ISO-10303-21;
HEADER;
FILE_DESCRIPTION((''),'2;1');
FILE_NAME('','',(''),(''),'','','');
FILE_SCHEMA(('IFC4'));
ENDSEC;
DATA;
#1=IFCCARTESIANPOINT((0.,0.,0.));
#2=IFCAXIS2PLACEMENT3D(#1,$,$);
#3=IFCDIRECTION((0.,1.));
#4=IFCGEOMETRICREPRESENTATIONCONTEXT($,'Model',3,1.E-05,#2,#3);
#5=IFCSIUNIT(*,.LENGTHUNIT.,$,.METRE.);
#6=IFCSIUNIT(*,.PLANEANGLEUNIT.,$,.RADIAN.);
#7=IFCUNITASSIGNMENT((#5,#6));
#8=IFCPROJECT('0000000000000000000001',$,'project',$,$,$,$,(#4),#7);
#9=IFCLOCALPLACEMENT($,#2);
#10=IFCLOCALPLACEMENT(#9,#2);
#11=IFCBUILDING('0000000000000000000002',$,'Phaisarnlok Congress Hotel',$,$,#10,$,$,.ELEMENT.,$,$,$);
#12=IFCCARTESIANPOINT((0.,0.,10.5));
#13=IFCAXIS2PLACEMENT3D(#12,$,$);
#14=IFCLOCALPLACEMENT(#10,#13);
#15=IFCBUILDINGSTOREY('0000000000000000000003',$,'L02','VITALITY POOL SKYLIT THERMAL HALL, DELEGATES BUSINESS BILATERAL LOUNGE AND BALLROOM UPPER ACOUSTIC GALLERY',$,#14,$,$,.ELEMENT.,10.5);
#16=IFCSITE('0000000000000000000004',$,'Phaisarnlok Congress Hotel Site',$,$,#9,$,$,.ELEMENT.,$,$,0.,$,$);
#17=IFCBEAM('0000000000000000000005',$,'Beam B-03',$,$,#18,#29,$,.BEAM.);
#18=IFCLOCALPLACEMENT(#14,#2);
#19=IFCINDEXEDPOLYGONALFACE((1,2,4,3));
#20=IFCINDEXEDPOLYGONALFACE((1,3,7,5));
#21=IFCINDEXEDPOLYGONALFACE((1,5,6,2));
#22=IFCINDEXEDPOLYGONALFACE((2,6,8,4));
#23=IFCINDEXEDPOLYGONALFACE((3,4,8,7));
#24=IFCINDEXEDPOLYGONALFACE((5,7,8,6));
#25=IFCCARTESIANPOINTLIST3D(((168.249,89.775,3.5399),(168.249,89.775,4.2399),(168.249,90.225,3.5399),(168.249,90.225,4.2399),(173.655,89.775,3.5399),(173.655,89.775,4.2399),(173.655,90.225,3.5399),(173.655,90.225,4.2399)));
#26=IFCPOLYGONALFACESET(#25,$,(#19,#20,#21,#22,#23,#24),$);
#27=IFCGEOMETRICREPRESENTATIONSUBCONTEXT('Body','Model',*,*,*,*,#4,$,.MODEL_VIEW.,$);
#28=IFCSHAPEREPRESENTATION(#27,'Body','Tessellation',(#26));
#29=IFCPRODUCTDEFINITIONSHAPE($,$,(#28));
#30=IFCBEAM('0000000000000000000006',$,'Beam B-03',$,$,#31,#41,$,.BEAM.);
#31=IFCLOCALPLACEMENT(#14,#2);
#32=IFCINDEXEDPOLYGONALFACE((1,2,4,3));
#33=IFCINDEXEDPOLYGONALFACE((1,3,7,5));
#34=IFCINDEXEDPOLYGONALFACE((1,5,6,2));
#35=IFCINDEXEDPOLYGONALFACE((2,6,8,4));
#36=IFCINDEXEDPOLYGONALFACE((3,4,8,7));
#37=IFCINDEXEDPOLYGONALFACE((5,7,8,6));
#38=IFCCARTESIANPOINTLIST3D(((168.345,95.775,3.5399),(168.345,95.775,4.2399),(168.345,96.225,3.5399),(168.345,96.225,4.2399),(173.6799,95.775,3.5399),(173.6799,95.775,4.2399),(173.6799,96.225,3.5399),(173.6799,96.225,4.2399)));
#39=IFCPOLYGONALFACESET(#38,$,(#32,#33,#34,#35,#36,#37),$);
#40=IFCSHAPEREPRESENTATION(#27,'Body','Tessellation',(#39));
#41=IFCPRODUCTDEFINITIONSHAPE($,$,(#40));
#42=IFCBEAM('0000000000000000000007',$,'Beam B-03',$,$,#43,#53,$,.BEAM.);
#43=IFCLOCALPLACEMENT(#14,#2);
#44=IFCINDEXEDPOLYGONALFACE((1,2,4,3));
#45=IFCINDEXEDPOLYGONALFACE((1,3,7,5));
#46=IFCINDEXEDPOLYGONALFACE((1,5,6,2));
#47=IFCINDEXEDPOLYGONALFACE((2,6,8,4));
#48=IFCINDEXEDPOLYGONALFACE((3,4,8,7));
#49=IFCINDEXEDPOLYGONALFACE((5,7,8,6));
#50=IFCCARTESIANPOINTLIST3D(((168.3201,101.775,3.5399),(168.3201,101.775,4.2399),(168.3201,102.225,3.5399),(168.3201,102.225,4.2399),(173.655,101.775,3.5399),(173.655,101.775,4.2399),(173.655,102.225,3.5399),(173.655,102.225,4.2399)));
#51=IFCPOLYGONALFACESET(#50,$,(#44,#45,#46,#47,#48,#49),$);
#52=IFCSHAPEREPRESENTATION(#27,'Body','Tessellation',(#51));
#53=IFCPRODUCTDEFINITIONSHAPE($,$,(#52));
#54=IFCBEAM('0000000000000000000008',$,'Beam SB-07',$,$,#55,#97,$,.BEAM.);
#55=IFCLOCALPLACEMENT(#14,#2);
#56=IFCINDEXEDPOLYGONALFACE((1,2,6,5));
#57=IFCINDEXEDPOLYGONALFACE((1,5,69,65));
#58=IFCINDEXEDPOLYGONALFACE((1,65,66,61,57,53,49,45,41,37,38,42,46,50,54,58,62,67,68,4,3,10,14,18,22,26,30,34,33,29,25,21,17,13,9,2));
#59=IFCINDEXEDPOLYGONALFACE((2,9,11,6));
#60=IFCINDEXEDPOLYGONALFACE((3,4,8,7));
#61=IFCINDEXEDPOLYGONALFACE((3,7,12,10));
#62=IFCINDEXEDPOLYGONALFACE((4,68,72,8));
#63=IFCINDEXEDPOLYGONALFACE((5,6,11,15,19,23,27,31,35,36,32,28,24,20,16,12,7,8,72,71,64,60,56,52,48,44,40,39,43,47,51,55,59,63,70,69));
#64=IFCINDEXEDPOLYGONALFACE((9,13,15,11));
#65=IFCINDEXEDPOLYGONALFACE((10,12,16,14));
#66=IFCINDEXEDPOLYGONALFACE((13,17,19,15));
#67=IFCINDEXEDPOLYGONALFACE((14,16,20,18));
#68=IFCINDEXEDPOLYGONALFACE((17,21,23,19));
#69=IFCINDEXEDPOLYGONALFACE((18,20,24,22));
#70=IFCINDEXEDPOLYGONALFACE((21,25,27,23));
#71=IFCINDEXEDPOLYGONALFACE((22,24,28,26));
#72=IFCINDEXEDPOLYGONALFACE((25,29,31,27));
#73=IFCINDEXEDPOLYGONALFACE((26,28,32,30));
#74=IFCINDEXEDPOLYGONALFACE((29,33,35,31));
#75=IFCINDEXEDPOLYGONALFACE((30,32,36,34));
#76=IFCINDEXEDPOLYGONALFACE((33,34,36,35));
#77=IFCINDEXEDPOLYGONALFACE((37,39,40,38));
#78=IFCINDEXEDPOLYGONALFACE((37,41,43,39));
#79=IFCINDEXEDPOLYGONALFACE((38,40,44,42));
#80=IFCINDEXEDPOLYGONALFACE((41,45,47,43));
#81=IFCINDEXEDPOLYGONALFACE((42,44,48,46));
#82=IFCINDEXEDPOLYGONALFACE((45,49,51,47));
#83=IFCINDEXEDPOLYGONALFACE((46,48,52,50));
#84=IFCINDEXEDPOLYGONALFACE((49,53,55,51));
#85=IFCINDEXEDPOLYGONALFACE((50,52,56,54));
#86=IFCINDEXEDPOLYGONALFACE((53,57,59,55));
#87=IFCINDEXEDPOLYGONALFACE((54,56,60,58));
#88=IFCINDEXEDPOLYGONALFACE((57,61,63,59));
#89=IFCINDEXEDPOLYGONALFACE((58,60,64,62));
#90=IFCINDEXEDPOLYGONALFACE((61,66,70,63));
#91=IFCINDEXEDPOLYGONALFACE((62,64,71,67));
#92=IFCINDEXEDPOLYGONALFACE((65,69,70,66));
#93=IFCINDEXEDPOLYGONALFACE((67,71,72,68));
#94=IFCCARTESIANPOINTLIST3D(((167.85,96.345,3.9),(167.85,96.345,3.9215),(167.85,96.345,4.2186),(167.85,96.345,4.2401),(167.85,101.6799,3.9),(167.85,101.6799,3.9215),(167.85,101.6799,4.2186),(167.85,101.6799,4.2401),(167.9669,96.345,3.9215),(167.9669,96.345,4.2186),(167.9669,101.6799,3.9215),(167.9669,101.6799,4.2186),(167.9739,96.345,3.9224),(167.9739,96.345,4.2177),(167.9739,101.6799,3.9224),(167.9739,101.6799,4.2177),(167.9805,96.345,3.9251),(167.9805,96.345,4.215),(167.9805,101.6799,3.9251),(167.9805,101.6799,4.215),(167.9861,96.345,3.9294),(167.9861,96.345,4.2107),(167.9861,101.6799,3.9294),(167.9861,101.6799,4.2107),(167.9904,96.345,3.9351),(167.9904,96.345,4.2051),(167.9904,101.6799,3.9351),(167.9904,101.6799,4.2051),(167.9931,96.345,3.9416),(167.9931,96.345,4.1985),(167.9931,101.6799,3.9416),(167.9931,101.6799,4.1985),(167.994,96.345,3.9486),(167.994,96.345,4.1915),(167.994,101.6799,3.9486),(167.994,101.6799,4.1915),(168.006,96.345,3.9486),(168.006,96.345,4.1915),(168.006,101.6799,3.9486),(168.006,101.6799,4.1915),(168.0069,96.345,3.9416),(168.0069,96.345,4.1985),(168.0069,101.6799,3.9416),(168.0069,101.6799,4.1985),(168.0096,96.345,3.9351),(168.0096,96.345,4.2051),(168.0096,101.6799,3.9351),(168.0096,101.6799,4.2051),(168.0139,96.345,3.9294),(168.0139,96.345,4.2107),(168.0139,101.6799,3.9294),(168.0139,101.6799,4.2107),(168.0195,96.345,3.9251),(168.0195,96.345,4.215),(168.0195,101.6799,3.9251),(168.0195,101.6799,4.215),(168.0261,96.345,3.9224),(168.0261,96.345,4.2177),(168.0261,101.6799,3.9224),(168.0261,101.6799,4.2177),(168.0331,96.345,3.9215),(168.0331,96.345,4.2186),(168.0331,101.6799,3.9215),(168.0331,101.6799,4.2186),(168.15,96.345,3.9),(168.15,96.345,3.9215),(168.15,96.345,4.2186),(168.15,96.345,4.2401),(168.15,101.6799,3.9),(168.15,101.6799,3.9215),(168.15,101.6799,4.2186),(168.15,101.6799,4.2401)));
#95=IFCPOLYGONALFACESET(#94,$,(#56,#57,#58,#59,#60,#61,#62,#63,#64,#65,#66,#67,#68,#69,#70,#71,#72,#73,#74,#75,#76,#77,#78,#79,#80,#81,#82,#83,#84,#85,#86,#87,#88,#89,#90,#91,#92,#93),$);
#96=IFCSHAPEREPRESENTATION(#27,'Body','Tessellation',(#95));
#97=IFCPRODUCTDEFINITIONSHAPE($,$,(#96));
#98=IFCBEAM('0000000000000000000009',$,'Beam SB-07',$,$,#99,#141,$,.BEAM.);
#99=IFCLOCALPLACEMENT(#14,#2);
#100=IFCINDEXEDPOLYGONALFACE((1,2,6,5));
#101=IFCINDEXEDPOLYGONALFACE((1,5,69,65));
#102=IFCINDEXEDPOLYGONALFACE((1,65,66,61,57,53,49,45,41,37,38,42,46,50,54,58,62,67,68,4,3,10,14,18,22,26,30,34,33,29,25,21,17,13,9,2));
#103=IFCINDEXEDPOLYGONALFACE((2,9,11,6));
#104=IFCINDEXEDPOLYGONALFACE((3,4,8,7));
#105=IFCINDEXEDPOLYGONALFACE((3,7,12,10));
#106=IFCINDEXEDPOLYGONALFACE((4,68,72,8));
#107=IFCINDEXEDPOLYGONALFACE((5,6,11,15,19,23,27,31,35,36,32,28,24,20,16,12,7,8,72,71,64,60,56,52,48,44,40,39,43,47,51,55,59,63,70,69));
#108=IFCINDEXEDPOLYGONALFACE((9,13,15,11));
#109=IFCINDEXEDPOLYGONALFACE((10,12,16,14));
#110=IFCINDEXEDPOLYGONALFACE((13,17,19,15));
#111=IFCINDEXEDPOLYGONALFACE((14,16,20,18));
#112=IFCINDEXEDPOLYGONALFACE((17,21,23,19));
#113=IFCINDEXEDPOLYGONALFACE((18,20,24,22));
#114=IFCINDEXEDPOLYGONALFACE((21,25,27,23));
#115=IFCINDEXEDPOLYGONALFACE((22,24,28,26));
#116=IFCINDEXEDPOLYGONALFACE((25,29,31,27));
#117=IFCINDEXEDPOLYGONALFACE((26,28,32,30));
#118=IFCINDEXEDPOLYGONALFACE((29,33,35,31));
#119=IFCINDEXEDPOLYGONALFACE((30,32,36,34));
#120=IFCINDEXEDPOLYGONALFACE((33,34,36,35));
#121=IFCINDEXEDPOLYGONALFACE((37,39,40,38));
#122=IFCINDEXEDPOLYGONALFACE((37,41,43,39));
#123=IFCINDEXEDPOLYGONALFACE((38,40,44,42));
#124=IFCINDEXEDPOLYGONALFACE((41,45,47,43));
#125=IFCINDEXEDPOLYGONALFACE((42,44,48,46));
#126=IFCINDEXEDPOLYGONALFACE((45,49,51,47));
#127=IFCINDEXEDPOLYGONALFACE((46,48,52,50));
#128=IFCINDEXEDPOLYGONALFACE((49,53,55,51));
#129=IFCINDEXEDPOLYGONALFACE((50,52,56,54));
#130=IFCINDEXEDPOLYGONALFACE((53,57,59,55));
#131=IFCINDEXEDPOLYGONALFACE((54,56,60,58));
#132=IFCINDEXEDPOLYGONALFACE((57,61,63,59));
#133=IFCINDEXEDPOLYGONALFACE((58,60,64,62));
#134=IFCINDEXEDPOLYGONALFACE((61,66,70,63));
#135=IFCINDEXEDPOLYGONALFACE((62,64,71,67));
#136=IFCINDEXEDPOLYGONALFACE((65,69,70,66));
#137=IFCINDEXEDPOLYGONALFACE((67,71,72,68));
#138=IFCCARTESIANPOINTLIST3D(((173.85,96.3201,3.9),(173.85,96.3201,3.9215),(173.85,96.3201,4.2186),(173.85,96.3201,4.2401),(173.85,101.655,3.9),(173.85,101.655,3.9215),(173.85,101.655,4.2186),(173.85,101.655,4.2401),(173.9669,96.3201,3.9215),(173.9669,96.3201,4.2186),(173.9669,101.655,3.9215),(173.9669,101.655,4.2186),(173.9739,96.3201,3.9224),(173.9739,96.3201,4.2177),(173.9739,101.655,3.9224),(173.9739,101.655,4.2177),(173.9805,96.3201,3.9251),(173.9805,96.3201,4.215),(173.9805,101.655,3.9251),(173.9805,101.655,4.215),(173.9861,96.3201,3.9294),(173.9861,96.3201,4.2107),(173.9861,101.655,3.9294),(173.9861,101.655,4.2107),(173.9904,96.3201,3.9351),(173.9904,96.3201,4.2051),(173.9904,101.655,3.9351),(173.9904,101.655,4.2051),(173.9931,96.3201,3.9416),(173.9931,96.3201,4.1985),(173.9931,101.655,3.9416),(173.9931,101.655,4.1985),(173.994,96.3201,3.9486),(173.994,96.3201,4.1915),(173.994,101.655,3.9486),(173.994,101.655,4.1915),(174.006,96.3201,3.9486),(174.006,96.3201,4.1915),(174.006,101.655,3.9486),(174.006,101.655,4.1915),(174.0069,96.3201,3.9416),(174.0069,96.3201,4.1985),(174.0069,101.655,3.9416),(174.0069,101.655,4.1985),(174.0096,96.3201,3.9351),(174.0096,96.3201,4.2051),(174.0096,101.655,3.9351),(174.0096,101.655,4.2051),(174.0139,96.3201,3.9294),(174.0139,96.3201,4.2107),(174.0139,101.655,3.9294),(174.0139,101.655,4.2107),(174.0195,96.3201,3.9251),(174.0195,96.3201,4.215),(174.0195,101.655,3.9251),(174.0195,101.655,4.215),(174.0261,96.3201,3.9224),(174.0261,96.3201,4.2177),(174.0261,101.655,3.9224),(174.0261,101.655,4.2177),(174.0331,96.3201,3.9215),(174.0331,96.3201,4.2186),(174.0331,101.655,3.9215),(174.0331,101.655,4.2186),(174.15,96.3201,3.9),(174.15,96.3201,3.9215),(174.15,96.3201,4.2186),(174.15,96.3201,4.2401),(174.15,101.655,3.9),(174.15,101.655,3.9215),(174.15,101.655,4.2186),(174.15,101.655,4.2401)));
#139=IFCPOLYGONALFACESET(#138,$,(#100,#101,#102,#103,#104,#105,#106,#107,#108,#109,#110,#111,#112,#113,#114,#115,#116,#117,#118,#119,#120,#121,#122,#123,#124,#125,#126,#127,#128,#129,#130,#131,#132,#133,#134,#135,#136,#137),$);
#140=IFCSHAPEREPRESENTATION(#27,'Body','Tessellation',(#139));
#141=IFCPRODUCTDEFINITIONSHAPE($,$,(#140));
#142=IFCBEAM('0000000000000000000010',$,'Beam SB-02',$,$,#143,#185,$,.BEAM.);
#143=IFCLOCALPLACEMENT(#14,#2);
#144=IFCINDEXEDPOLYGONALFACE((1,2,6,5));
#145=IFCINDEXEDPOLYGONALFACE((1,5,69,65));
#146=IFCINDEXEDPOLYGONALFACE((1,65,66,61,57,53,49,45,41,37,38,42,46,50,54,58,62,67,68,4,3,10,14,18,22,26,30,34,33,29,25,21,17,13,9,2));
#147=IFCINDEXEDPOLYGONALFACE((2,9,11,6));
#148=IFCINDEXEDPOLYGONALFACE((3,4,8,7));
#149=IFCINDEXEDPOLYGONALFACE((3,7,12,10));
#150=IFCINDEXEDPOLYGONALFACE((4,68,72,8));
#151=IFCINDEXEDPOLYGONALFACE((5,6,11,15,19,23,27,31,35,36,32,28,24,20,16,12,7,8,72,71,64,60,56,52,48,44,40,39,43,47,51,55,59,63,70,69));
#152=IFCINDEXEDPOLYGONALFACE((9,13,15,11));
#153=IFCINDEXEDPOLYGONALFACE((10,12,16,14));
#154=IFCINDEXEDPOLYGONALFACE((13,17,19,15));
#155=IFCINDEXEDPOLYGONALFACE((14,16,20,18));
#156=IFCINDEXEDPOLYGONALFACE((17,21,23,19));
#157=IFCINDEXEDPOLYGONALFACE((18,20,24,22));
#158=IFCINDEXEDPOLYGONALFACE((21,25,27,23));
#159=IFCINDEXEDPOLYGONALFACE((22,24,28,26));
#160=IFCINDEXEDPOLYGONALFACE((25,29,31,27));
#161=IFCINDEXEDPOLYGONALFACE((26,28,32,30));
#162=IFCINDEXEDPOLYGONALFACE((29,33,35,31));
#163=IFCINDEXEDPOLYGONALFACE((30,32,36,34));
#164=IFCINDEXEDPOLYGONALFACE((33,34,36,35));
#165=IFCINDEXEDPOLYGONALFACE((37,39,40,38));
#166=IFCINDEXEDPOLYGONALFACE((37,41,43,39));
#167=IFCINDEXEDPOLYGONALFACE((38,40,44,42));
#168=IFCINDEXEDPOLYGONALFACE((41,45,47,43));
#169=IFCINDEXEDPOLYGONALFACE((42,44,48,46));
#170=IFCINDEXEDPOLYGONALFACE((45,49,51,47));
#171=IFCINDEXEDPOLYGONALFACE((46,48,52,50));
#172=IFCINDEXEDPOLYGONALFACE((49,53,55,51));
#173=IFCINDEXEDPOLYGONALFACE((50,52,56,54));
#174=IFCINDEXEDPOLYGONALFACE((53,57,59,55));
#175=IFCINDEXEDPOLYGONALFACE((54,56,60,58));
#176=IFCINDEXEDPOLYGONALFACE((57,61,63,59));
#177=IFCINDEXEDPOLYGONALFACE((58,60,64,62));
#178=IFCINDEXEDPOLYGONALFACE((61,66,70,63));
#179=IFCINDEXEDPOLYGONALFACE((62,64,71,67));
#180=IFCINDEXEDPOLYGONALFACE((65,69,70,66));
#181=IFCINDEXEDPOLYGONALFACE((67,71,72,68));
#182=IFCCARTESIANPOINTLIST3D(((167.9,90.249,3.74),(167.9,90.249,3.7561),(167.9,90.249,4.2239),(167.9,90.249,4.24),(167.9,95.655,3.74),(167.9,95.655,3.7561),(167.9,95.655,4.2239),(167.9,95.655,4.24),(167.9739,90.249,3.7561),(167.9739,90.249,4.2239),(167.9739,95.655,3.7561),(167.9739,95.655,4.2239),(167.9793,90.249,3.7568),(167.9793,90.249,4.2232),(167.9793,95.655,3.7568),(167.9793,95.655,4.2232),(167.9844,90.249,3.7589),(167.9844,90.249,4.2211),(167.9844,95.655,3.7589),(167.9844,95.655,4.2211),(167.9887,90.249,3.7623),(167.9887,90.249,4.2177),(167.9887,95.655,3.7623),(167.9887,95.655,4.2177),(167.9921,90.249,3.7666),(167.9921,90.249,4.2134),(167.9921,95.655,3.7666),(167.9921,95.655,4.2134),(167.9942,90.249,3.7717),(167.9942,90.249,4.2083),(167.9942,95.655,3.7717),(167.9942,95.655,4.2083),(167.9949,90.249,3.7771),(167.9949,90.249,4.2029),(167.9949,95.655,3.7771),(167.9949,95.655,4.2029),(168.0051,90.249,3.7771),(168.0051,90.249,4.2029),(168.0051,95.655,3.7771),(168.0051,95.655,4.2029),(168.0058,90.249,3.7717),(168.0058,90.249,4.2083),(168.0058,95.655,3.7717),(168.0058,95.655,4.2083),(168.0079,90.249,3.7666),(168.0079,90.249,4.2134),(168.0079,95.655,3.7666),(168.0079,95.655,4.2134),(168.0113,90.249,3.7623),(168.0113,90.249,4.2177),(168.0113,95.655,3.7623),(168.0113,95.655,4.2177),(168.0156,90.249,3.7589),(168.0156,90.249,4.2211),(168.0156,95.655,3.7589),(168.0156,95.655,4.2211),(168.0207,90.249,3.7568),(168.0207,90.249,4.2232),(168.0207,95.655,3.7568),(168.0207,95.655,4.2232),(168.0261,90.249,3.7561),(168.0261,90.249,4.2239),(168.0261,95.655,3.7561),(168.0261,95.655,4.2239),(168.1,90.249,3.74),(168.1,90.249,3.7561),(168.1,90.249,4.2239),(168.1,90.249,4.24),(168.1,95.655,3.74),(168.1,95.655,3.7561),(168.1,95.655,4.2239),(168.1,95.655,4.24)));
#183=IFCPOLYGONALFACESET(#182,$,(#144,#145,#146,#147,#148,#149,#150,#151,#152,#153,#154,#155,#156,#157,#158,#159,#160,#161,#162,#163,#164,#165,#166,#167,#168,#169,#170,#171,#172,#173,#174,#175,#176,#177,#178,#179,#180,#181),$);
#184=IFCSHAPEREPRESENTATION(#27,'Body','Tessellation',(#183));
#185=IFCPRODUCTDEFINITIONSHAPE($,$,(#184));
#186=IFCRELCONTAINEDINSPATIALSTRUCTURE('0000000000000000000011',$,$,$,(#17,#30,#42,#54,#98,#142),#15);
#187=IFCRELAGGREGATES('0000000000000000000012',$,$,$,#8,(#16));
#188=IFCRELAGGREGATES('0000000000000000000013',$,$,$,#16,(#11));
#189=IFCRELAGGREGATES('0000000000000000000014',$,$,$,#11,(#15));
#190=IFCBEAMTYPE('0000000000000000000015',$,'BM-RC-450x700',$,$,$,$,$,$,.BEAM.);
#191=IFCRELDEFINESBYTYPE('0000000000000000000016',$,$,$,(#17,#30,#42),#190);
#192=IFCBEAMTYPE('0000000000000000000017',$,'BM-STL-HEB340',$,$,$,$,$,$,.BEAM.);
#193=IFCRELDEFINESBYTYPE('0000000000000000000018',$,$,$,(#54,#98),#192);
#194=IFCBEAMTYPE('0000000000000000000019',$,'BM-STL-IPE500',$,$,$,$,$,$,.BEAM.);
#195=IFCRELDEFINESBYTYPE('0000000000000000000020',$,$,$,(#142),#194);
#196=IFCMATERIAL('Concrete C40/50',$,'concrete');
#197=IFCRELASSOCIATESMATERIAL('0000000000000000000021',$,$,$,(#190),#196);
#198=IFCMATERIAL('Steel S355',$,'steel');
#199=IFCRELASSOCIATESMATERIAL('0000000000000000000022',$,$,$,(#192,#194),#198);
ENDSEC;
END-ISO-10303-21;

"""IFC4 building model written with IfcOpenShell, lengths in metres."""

from ifc_helpers import new_model, si_unit, direction, frame, origin, origin_2d, place, context, subcontext, project, spatial, rectangle, i_section, extrude, material, material_profile, profile_set, type_object, element, save


model = new_model("IFC4")

# Units and contexts
model_context = context("Model", 3, precision=1e-05, world=origin(), true_north=direction((0.0, 1.0)))
body_context = subcontext(model_context, "Body", "Model", "MODEL_VIEW")
ifc_project = project(units=[si_unit("LENGTHUNIT", "METRE"), si_unit("PLANEANGLEUNIT", "RADIAN")], contexts=[model_context])

# Site, building, storey
site_placement = place(None, origin())
site = spatial("IfcSite", under=ifc_project, at=site_placement, Name="Phaisarnlok Congress Hotel Site", CompositionType="ELEMENT", RefElevation=0.0)
building_placement = place(site_placement, origin())
building = spatial("IfcBuilding", under=site, at=building_placement, Name="Phaisarnlok Congress Hotel", CompositionType="ELEMENT")
storey_placement = place(building_placement, frame((0.0, 0.0, 10.5)))
storey = spatial("IfcBuildingStorey", under=building, at=storey_placement, Name="L02", Description="VITALITY POOL SKYLIT THERMAL HALL, DELEGATES BUSINESS BILATERAL LOUNGE AND BALLROOM UPPER ACOUSTIC GALLERY", CompositionType="ELEMENT", Elevation=10.5)

# Shared definitions
ifc_material_1 = material(Name="Steel S355", Category="steel")

# Beams
ifc_material_2 = material(Name="Concrete C40/50", Category="concrete")
ifc_material_profile_1 = material_profile(ifc_material_2, rectangle(XDim=0.45, YDim=0.7, at=origin_2d()), Name="RC 450x700")
ifc_profile_set_1 = profile_set([ifc_material_profile_1], Name="Concrete C40/50")
beam_type_1 = type_object("IfcBeamType", Name="BM-RC-450x700", PredefinedType="BEAM", material=ifc_profile_set_1)
beam_1_placement = place(storey_placement, frame((168.249, 90.0, 3.8899), z_axis=(1.0, 0.0, 0.0), x_axis=(0.0, 1.0, 0.0)))
element("IfcBeam", 1, at=beam_1_placement, inside=storey, type_object=beam_type_1, Name="Beam B-03", PredefinedType="BEAM", context=body_context, shape_type="SweptSolid", body=[
    extrude(rectangle(XDim=0.45, YDim=0.7, at=origin_2d()), origin(), (0.0, 0.0, 1.0), 5.406),
])
for number, where, z_axis, x_axis, name in (
    (2, (168.345, 96.0, 3.8899), (1.0, 0.0, 0.0), (0.0, 1.0, 0.0), "Beam B-03"),
    (3, (168.3201, 102.0, 3.8899), (1.0, 0.0, 0.0), (0.0, 1.0, 0.0), "Beam B-03"),
):
    element("IfcBeam", number, at=place(storey_placement, frame(where, z_axis=z_axis, x_axis=x_axis)), inside=storey, type_object=beam_type_1, Name=name, PredefinedType="BEAM", context=body_context, shape_type="SweptSolid", body=[
        extrude(rectangle(XDim=0.45, YDim=0.7, at=origin_2d()), origin(), (0.0, 0.0, 1.0), 5.335),
    ])
ifc_material_profile_2 = material_profile(ifc_material_1, i_section(OverallWidth=0.3, OverallDepth=0.3401, WebThickness=0.012, FlangeThickness=0.0215, FilletRadius=0.0271, at=origin_2d()), Name="HEB 340")
ifc_profile_set_2 = profile_set([ifc_material_profile_2], Name="Steel S355")
beam_type_2 = type_object("IfcBeamType", Name="BM-STL-HEB340", PredefinedType="BEAM", material=ifc_profile_set_2)
for number, where, z_axis, x_axis, name in (
    (4, (168.0, 96.345, 4.0701), (0.0, 1.0, 0.0), (-1.0, 0.0, 0.0), "Beam SB-07"),
    (5, (174.0, 96.3201, 4.0701), (0.0, 1.0, 0.0), (-1.0, 0.0, 0.0), "Beam SB-07"),
):
    element("IfcBeam", number, at=place(storey_placement, frame(where, z_axis=z_axis, x_axis=x_axis)), inside=storey, type_object=beam_type_2, Name=name, PredefinedType="BEAM", context=body_context, shape_type="SweptSolid", body=[
        extrude(i_section(OverallWidth=0.3, OverallDepth=0.3401, WebThickness=0.012, FlangeThickness=0.0215, FilletRadius=0.0271, at=origin_2d()), origin(), (0.0, 0.0, 1.0), 5.335),
    ])
ifc_material_profile_3 = material_profile(ifc_material_1, i_section(OverallWidth=0.2, OverallDepth=0.5, WebThickness=0.0103, FlangeThickness=0.0161, FilletRadius=0.021, at=origin_2d()), Name="IPE 500")
ifc_profile_set_3 = profile_set([ifc_material_profile_3], Name="Steel S355")
beam_type_3 = type_object("IfcBeamType", Name="BM-STL-IPE500", PredefinedType="BEAM", material=ifc_profile_set_3)
beam_2_placement = place(storey_placement, frame((168.0, 90.249, 3.99), z_axis=(0.0, 1.0, 0.0), x_axis=(-1.0, 0.0, 0.0)))
element("IfcBeam", 6, at=beam_2_placement, inside=storey, type_object=beam_type_3, Name="Beam SB-02", PredefinedType="BEAM", context=body_context, shape_type="SweptSolid", body=[
    extrude(i_section(OverallWidth=0.2, OverallDepth=0.5, WebThickness=0.0103, FlangeThickness=0.0161, FilletRadius=0.021, at=origin_2d()), origin(), (0.0, 0.0, 1.0), 5.406),
])

save(model, "model.ifc")
